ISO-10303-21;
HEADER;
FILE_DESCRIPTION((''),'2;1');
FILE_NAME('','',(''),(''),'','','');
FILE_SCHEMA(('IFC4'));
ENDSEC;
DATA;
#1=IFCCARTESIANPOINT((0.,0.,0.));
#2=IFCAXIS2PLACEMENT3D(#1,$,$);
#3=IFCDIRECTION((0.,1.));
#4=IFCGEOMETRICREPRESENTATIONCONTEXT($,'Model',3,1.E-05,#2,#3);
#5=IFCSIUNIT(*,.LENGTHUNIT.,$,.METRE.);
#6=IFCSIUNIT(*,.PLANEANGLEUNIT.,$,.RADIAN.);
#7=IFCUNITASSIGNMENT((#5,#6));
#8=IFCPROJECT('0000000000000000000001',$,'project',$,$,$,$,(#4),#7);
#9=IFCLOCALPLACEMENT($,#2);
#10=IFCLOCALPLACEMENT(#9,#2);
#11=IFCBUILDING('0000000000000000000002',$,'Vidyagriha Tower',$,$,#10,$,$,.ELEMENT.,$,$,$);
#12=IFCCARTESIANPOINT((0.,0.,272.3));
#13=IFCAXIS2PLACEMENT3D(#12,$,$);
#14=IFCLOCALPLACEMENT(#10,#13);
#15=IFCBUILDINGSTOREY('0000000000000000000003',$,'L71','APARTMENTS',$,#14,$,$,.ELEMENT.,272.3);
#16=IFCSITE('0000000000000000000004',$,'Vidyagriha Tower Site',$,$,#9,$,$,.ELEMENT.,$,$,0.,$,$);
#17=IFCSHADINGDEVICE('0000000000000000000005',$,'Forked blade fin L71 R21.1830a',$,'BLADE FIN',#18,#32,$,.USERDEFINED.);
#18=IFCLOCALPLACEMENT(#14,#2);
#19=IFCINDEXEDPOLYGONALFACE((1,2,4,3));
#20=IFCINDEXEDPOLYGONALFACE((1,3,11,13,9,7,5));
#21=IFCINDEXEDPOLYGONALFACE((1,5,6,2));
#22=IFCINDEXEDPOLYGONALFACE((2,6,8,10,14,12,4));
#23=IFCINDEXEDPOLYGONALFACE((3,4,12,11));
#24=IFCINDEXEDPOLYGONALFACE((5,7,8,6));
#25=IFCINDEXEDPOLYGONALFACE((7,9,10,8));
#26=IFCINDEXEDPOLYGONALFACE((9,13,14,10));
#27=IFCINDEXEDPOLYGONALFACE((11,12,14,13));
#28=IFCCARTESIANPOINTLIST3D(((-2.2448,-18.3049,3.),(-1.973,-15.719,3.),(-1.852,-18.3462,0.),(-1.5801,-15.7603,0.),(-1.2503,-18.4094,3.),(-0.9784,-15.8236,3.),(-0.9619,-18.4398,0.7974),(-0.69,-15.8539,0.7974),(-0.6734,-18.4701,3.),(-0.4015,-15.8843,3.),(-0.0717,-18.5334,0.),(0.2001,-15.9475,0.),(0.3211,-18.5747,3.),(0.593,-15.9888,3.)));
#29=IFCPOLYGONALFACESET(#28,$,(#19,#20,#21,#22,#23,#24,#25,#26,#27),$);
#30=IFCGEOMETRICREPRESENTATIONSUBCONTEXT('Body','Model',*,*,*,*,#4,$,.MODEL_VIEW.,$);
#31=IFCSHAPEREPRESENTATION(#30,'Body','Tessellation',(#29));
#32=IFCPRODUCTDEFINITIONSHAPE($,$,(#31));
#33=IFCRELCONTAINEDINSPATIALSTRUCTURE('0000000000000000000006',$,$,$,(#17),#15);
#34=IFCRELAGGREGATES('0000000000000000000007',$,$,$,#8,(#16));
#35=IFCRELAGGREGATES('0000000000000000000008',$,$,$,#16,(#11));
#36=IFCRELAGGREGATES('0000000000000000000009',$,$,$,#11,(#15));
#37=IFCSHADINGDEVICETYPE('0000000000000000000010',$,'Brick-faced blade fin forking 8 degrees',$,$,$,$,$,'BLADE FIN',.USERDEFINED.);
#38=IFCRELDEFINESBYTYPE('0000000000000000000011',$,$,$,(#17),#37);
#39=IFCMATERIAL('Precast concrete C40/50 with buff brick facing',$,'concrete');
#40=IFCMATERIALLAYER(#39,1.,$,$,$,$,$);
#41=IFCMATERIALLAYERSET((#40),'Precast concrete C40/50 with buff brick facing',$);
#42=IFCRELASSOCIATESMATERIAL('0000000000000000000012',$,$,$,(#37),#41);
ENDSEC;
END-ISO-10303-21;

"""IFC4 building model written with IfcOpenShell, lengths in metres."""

from ifc_helpers import new_model, si_unit, direction, frame, origin, place, context, subcontext, project, spatial, polyline, outline, extrude, material, layer, layer_set, type_object, element, save


model = new_model("IFC4")

# Units and contexts
model_context = context("Model", 3, precision=1e-05, world=origin(), true_north=direction((0.0, 1.0)))
body_context = subcontext(model_context, "Body", "Model", "MODEL_VIEW")
ifc_project = project(units=[si_unit("LENGTHUNIT", "METRE"), si_unit("PLANEANGLEUNIT", "RADIAN")], contexts=[model_context])

# Site, building, storey
site_placement = place(None, origin())
site = spatial("IfcSite", under=ifc_project, at=site_placement, Name="Vidyagriha Tower Site", CompositionType="ELEMENT", RefElevation=0.0)
building_placement = place(site_placement, origin())
building = spatial("IfcBuilding", under=site, at=building_placement, Name="Vidyagriha Tower", CompositionType="ELEMENT")
storey_placement = place(building_placement, frame((0.0, 0.0, 272.3)))
storey = spatial("IfcBuildingStorey", under=building, at=storey_placement, Name="L71", Description="APARTMENTS", CompositionType="ELEMENT", Elevation=272.3)

# Shading device
ifc_material_1 = material(Name="Precast concrete C40/50 with buff brick facing", Category="concrete")
ifc_layer_1 = layer(ifc_material_1, 1.0)
ifc_layer_set_1 = layer_set([ifc_layer_1], Name="Precast concrete C40/50 with buff brick facing")
shading_device_type_1 = type_object("IfcShadingDeviceType", Name="Brick-faced blade fin forking 8 degrees", ElementType="BLADE FIN", PredefinedType="USERDEFINED", material=ifc_layer_set_1)
shading_device_1_placement = place(storey_placement, frame((-2.1089, -17.012, 0.0), z_axis=(0.0, 0.0, 1.0), x_axis=(0.994518, -0.104562, 0.0)))
element("IfcShadingDevice", 1, at=shading_device_1_placement, inside=storey, type_object=shading_device_type_1, Name="Forked blade fin L71 R21.1830a", ObjectType="BLADE FIN", PredefinedType="USERDEFINED", context=body_context, shape_type="SweptSolid", body=[
    extrude(outline(polyline([(0.395, 0.0), (2.1851, 0.0), (2.5801, 3.0), (1.5801, 3.0), (1.29, 0.7974), (1.0, 3.0), (0.0, 3.0), (0.395, 0.0)])), frame((0.0, 1.3, 0.0), z_axis=(0.0, -1.0, 0.0), x_axis=(1.0, 0.0, 0.0)), (0.0, 0.0, 1.0), 2.6001),
])

save(model, "model.ifc")
